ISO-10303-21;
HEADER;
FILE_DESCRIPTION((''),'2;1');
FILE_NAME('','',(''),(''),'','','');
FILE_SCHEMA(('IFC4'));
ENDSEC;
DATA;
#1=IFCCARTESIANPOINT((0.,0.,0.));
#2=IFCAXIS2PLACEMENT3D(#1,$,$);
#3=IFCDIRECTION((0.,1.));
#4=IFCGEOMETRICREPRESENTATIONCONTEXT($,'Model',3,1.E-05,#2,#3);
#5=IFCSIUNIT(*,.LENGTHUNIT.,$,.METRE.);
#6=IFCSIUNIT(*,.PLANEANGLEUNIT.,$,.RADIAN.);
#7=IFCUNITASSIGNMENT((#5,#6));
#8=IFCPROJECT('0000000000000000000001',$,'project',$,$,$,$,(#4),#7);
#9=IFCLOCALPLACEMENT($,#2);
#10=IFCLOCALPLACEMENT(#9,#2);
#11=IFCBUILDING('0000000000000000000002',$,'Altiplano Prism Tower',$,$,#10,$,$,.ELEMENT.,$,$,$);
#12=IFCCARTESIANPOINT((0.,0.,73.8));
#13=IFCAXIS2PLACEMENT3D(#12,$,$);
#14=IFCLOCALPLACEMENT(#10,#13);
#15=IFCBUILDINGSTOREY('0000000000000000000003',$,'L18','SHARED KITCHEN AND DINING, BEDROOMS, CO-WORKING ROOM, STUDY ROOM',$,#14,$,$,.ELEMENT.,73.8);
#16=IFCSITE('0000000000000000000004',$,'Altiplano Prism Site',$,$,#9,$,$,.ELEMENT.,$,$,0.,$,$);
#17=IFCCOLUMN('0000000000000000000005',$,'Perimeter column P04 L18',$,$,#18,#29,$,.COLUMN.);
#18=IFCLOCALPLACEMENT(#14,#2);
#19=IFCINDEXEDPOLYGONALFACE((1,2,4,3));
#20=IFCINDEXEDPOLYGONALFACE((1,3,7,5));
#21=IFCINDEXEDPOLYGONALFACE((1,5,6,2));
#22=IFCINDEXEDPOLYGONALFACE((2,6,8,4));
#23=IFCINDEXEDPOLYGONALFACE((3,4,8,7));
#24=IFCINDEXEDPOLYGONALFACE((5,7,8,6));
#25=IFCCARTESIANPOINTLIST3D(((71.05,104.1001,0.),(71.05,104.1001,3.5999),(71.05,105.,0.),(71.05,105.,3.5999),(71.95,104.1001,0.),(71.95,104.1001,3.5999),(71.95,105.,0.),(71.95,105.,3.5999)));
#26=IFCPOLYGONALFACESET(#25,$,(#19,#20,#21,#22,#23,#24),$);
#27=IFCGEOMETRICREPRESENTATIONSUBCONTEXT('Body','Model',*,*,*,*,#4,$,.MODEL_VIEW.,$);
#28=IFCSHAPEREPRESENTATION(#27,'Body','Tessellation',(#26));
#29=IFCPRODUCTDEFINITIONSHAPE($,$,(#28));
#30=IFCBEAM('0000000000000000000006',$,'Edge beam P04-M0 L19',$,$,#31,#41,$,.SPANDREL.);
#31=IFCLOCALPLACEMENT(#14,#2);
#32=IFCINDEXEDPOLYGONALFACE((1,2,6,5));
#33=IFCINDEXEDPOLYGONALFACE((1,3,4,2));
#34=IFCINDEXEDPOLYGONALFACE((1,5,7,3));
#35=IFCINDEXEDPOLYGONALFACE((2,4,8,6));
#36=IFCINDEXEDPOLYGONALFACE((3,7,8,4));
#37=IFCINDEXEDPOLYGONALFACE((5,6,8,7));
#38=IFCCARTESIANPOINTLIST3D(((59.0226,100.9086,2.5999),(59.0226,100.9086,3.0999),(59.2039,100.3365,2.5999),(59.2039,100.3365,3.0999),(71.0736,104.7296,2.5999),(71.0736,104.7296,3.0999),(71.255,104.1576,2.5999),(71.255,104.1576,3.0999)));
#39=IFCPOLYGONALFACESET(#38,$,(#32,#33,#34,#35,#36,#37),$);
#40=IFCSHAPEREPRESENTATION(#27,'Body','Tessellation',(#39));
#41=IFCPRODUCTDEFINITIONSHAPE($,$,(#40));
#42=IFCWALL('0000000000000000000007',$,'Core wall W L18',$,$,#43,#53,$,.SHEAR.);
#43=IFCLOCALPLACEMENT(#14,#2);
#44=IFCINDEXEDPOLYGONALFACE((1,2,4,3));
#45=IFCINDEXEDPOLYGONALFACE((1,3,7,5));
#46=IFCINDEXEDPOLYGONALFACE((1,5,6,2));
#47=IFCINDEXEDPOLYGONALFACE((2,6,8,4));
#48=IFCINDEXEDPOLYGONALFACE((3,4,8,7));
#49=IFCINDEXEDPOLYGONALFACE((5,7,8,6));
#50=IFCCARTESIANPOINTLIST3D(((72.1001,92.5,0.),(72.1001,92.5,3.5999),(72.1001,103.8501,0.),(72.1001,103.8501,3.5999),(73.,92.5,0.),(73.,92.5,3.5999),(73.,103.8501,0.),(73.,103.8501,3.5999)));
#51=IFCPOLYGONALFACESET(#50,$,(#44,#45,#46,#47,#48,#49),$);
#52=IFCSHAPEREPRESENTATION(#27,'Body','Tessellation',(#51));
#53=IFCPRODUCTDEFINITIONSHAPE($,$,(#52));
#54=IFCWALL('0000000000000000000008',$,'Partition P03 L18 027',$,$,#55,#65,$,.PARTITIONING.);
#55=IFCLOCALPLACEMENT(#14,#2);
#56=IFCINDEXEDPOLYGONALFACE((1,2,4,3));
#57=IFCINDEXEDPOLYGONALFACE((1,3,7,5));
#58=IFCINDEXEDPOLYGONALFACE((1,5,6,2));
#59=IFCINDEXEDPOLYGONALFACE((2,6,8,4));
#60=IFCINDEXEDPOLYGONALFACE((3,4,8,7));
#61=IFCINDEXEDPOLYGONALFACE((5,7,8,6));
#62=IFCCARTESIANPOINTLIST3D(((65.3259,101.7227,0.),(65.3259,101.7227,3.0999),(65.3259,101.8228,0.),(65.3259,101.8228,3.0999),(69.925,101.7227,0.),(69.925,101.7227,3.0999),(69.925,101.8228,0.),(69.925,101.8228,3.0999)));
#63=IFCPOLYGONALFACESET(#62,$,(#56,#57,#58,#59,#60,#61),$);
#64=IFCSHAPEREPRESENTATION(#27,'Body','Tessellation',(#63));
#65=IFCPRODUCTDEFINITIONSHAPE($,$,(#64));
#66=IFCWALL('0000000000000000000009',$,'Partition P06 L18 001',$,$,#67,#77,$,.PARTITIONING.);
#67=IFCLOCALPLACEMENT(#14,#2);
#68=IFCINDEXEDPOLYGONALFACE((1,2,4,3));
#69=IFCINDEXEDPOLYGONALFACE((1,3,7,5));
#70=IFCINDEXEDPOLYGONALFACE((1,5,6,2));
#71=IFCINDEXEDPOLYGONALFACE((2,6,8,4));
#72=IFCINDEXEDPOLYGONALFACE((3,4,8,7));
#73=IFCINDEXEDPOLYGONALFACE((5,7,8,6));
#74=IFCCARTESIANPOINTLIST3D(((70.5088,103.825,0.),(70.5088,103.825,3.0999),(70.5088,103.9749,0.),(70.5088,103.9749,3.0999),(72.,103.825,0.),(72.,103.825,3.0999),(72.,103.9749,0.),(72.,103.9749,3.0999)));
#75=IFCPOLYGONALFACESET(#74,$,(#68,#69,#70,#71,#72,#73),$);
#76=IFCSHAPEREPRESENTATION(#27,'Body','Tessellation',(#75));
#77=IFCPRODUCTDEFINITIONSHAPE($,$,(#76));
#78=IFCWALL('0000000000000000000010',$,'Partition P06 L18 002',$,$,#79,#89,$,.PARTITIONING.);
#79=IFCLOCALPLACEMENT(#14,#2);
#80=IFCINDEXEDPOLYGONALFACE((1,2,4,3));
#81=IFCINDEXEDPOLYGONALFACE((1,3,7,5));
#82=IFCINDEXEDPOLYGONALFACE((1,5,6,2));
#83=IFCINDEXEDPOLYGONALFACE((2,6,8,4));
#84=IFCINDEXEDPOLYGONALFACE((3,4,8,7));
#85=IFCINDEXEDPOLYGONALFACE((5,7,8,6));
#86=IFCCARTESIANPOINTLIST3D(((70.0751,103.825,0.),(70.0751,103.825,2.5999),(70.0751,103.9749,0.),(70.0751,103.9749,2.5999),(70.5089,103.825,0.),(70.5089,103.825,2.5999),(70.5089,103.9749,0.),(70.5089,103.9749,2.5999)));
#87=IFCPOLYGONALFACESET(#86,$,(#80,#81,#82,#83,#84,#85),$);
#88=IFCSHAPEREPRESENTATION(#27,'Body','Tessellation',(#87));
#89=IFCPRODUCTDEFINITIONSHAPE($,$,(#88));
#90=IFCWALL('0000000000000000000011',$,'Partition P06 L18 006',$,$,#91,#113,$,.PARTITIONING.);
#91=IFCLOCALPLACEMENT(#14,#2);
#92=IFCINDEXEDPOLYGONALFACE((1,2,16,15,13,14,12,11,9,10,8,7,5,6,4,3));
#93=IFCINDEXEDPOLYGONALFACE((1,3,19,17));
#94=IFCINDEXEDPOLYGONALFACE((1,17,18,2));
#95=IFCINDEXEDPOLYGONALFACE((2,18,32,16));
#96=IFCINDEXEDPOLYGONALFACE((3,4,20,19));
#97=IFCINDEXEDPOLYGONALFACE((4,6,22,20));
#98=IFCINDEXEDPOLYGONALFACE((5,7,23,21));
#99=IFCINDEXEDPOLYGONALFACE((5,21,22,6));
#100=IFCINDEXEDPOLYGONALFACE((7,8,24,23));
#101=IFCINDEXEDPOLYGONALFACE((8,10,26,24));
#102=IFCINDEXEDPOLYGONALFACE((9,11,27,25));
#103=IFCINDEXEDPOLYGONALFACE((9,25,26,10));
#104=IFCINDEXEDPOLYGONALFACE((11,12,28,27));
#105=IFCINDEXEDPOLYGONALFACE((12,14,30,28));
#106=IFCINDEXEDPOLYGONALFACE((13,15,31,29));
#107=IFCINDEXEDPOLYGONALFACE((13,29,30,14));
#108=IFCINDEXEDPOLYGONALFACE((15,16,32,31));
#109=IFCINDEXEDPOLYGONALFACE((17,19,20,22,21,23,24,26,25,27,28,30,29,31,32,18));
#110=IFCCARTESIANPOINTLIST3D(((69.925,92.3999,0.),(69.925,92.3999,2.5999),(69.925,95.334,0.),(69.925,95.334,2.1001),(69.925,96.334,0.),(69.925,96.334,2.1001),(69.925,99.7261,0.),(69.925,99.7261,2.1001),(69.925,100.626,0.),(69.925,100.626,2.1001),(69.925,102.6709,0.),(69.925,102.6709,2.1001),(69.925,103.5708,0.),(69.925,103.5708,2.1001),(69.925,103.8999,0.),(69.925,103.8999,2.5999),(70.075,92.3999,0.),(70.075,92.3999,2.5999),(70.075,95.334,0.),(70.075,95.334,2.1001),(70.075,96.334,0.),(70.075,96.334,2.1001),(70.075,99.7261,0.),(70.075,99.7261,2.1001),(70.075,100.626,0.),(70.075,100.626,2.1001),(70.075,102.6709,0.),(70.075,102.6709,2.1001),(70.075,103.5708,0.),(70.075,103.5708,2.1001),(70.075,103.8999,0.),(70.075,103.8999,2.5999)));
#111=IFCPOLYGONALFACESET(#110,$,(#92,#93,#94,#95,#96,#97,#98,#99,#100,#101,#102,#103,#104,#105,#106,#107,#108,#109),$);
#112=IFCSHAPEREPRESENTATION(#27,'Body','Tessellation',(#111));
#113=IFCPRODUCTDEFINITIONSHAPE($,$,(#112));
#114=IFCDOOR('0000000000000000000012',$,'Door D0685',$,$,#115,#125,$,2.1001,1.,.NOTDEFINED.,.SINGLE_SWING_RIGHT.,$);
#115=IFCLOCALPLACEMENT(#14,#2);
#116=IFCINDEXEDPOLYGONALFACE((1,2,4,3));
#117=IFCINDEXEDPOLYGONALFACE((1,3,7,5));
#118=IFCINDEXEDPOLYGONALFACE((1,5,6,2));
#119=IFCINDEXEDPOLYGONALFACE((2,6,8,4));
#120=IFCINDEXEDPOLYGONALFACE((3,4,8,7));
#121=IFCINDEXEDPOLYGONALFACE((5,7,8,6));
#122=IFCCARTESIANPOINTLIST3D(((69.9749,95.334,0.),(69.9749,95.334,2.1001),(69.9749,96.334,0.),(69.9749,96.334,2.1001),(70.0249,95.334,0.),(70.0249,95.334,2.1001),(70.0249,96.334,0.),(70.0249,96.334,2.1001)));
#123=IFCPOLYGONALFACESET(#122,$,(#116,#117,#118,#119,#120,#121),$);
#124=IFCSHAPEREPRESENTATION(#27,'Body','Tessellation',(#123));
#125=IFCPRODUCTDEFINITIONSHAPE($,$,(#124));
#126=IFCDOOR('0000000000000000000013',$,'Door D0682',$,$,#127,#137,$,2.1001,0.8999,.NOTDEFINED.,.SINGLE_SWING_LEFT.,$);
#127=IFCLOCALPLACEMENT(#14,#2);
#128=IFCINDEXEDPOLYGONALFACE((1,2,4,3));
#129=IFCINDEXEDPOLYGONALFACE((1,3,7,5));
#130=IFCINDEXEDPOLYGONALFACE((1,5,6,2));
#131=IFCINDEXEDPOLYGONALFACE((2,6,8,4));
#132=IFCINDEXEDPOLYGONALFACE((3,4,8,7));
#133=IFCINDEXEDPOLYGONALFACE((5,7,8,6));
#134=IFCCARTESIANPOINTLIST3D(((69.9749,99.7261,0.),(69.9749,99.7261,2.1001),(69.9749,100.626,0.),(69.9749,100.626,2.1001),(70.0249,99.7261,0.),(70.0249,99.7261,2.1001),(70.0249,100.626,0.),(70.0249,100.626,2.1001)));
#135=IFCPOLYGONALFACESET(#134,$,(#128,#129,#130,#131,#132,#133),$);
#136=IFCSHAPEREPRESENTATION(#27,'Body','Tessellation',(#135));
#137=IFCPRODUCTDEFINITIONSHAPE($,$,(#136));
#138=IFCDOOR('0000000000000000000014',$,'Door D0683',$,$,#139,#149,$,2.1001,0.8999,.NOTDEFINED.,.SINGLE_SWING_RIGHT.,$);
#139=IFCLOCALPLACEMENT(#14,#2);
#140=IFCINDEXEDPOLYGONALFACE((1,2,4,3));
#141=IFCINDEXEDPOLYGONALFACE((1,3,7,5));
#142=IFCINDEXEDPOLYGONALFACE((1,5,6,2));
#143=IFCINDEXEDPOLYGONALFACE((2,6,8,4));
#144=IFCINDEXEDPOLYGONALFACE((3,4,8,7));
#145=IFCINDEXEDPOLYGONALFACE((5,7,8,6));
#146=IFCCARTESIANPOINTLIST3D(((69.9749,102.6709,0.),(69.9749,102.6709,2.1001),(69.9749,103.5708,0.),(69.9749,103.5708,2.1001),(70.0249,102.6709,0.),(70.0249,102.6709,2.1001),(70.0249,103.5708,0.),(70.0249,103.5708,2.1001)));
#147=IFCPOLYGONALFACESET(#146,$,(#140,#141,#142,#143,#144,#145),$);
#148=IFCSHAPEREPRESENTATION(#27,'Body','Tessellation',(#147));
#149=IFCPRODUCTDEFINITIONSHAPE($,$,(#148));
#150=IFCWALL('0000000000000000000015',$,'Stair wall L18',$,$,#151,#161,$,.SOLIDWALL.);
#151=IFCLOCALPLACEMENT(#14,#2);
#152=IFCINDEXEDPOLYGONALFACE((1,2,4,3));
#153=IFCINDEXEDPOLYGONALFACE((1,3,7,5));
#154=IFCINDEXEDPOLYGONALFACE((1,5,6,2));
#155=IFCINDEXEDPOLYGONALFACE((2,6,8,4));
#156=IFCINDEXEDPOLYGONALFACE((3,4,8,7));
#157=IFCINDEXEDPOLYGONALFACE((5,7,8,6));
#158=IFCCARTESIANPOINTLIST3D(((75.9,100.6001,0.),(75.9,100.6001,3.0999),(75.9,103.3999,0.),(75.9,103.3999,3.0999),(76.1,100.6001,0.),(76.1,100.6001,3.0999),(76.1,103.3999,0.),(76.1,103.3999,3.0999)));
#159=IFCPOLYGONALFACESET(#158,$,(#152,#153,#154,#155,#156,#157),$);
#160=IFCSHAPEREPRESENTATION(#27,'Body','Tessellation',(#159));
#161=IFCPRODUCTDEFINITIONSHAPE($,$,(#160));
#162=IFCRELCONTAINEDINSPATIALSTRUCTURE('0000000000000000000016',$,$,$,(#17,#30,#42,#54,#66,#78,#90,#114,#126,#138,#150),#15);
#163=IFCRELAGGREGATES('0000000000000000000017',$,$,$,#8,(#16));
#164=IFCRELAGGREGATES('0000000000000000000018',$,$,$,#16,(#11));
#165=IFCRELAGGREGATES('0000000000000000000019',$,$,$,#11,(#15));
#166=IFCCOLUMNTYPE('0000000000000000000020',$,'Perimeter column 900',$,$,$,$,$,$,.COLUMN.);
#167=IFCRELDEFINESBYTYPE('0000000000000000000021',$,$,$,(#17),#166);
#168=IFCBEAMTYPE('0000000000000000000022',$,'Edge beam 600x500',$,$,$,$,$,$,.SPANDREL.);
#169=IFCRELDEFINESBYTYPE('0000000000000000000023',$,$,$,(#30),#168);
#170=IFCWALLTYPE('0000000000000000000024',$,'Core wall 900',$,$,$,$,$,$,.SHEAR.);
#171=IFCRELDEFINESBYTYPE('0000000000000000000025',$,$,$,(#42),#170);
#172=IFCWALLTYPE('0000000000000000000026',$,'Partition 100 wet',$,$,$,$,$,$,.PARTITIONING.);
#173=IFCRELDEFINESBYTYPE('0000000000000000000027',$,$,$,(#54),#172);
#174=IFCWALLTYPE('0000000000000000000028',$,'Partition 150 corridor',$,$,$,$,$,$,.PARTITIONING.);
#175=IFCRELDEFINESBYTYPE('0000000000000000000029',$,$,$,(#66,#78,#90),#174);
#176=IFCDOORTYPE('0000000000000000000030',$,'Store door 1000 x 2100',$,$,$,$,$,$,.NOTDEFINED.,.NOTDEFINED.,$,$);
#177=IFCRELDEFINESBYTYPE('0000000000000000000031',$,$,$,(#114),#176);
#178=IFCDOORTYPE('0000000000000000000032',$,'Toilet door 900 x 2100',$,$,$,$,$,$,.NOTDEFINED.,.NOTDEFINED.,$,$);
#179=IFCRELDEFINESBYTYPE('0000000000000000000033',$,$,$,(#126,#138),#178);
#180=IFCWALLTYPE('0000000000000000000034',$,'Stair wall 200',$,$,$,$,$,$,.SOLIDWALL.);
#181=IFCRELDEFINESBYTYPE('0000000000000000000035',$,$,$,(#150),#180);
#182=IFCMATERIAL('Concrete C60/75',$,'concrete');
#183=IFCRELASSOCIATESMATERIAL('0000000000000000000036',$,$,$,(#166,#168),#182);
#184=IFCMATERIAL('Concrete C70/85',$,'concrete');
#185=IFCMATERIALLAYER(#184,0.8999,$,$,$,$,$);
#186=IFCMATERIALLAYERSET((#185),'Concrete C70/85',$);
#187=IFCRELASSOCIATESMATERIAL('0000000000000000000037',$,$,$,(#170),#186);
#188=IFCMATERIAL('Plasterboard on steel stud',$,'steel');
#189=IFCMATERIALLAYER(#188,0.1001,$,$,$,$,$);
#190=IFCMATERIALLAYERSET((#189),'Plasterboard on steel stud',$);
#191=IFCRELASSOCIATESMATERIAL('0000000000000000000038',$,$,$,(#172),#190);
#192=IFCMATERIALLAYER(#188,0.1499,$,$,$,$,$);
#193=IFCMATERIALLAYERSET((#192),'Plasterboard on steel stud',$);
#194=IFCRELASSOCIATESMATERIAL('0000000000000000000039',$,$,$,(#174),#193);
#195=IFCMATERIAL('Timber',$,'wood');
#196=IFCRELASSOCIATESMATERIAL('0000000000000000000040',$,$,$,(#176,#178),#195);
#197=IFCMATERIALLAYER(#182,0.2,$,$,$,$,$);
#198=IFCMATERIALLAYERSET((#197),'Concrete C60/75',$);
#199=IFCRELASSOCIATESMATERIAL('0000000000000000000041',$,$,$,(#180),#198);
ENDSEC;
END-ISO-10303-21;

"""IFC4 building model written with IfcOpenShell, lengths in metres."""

from ifc_helpers import new_model, si_unit, direction, frame, frame_2d, origin, origin_2d, place, context, subcontext, project, spatial, rectangle, extrude, material, layer, layer_set, material_profile, profile_set, type_object, element, fill, save


model = new_model("IFC4")

# Units and contexts
model_context = context("Model", 3, precision=1e-05, world=origin(), true_north=direction((0.0, 1.0)))
body_context = subcontext(model_context, "Body", "Model", "MODEL_VIEW")
ifc_project = project(units=[si_unit("LENGTHUNIT", "METRE"), si_unit("PLANEANGLEUNIT", "RADIAN")], contexts=[model_context])

# Site, building, storey
site_placement = place(None, origin())
site = spatial("IfcSite", under=ifc_project, at=site_placement, Name="Altiplano Prism Site", CompositionType="ELEMENT", RefElevation=0.0)
building_placement = place(site_placement, origin())
building = spatial("IfcBuilding", under=site, at=building_placement, Name="Altiplano Prism Tower", CompositionType="ELEMENT")
storey_placement = place(building_placement, frame((0.0, 0.0, 73.8)))
storey = spatial("IfcBuildingStorey", under=building, at=storey_placement, Name="L18", Description="SHARED KITCHEN AND DINING, BEDROOMS, CO-WORKING ROOM, STUDY ROOM", CompositionType="ELEMENT", Elevation=73.8)

# Column
ifc_material_1 = material(Name="Concrete C60/75", Category="concrete")
ifc_material_profile_1 = material_profile(ifc_material_1, rectangle(XDim=0.8999, YDim=0.8999, at=origin_2d()), Name="Perimeter column 900")
ifc_profile_set_1 = profile_set([ifc_material_profile_1], Name="Concrete C60/75")
column_type = type_object("IfcColumnType", Name="Perimeter column 900", PredefinedType="COLUMN", material=ifc_profile_set_1)
column_placement = place(storey_placement, frame((71.5, 104.55, 0.0), z_axis=(0.0, 0.0, 1.0), x_axis=(1.0, 0.0, 0.0)))
element("IfcColumn", 1, at=column_placement, inside=storey, type_object=column_type, Name="Perimeter column P04 L18", PredefinedType="COLUMN", context=body_context, shape_type="SweptSolid", body=[
    extrude(rectangle(XDim=0.8999, YDim=0.8999, at=origin_2d()), origin(), (0.0, 0.0, 1.0), 3.5999),
])

# Beam
ifc_material_profile_2 = material_profile(ifc_material_1, rectangle(XDim=0.6001, YDim=0.5, at=origin_2d()), Name="Edge beam 600x500")
ifc_profile_set_2 = profile_set([ifc_material_profile_2], Name="Concrete C60/75")
beam_type = type_object("IfcBeamType", Name="Edge beam 600x500", PredefinedType="SPANDREL", material=ifc_profile_set_2)
beam_placement = place(storey_placement, frame((71.1643, 104.4436, 2.8499), z_axis=(-0.953231, -0.302243, 0.0), x_axis=(0.302243, -0.953231, 0.0)))
element("IfcBeam", 2, at=beam_placement, inside=storey, type_object=beam_type, Name="Edge beam P04-M0 L19", PredefinedType="SPANDREL", context=body_context, shape_type="SweptSolid", body=[
    extrude(rectangle(XDim=0.6001, YDim=0.5, at=origin_2d()), origin(), (0.0, 0.0, 1.0), 12.6423),
])

# Walls
ifc_material_2 = material(Name="Concrete C70/85", Category="concrete")
ifc_layer_1 = layer(ifc_material_2, 0.8999)
ifc_layer_set_1 = layer_set([ifc_layer_1], Name="Concrete C70/85")
wall_type_1 = type_object("IfcWallType", Name="Core wall 900", PredefinedType="SHEAR", material=ifc_layer_set_1)
wall_1_placement = place(storey_placement, frame((72.55, 103.8501, 0.0), z_axis=(0.0, 0.0, 1.0), x_axis=(0.0, -1.0, 0.0)))
element("IfcWall", 3, at=wall_1_placement, inside=storey, type_object=wall_type_1, Name="Core wall W L18", PredefinedType="SHEAR", context=body_context, shape_type="SweptSolid", body=[
    extrude(rectangle(XDim=11.3501, YDim=0.8999, at=frame_2d((5.675, 0.0))), origin(), (0.0, 0.0, 1.0), 3.5999),
])
ifc_material_3 = material(Name="Plasterboard on steel stud", Category="steel")
ifc_layer_2 = layer(ifc_material_3, 0.1001)
ifc_layer_set_2 = layer_set([ifc_layer_2], Name="Plasterboard on steel stud")
wall_type_2 = type_object("IfcWallType", Name="Partition 100 wet", PredefinedType="PARTITIONING", material=ifc_layer_set_2)
wall_2_placement = place(storey_placement, frame((69.925, 101.7727, 0.0), z_axis=(0.0, 0.0, 1.0), x_axis=(-1.0, 0.0, 0.0)))
element("IfcWall", 4, at=wall_2_placement, inside=storey, type_object=wall_type_2, Name="Partition P03 L18 027", PredefinedType="PARTITIONING", context=body_context, shape_type="SweptSolid", body=[
    extrude(rectangle(XDim=4.5991, YDim=0.1001, at=frame_2d((2.2996, 0.0))), origin(), (0.0, 0.0, 1.0), 3.0999),
])
ifc_layer_3 = layer(ifc_material_3, 0.1499)
ifc_layer_set_3 = layer_set([ifc_layer_3], Name="Plasterboard on steel stud")
wall_type_3 = type_object("IfcWallType", Name="Partition 150 corridor", PredefinedType="PARTITIONING", material=ifc_layer_set_3)
wall_3_placement = place(storey_placement, frame((72.0, 103.8999, 0.0), z_axis=(0.0, 0.0, 1.0), x_axis=(-1.0, 0.0, 0.0)))
element("IfcWall", 5, at=wall_3_placement, inside=storey, type_object=wall_type_3, Name="Partition P06 L18 001", PredefinedType="PARTITIONING", context=body_context, shape_type="SweptSolid", body=[
    extrude(rectangle(XDim=1.4912, YDim=0.1499, at=frame_2d((0.7456, 0.0))), origin(), (0.0, 0.0, 1.0), 3.0999),
])
wall_4_placement = place(storey_placement, frame((70.5088, 103.8999, 0.0), z_axis=(0.0, 0.0, 1.0), x_axis=(-1.0, 0.0, 0.0)))
element("IfcWall", 6, at=wall_4_placement, inside=storey, type_object=wall_type_3, Name="Partition P06 L18 002", PredefinedType="PARTITIONING", context=body_context, shape_type="SweptSolid", body=[
    extrude(rectangle(XDim=0.4338, YDim=0.1499, at=frame_2d((0.2168, 0.0))), origin(), (0.0, 0.0, 1.0), 2.5999),
])

# Wall, openings, doors
wall_5_placement = place(storey_placement, frame((70.0, 103.8999, 0.0), z_axis=(0.0, 0.0, 1.0), x_axis=(0.0, -1.0, 0.0)))
wall_5 = element("IfcWall", 7, at=wall_5_placement, inside=storey, type_object=wall_type_3, Name="Partition P06 L18 006", PredefinedType="PARTITIONING", context=body_context, shape_type="SweptSolid", body=[
    extrude(rectangle(XDim=11.5, YDim=0.1499, at=frame_2d((5.75, 0.0))), origin(), (0.0, 0.0, 1.0), 2.5999),
])
opening_1_placement = place(wall_5_placement, frame((3.2739, 0.0, 0.0)))
opening_1 = element("IfcOpeningElement", 8, at=opening_1_placement, cuts=wall_5, PredefinedType="OPENING", context=body_context, shape_type="SweptSolid", body=[
    extrude(rectangle(XDim=0.8999, YDim=2.1001, at=frame_2d((0.45, 1.05))), frame((0.0, 0.0854, 0.0), z_axis=(0.0, -1.0, 0.0), x_axis=(1.0, 0.0, 0.0)), (0.0, 0.0, 1.0), 0.1709),
])
opening_2_placement = place(wall_5_placement, frame((0.3291, 0.0, 0.0)))
opening_2 = element("IfcOpeningElement", 9, at=opening_2_placement, cuts=wall_5, PredefinedType="OPENING", context=body_context, shape_type="SweptSolid", body=[
    extrude(rectangle(XDim=0.8999, YDim=2.1001, at=frame_2d((0.45, 1.05))), frame((0.0, 0.0854, 0.0), z_axis=(0.0, -1.0, 0.0), x_axis=(1.0, 0.0, 0.0)), (0.0, 0.0, 1.0), 0.1709),
])
opening_3_placement = place(wall_5_placement, frame((7.5659, 0.0, 0.0)))
opening_3 = element("IfcOpeningElement", 10, at=opening_3_placement, cuts=wall_5, PredefinedType="OPENING", context=body_context, shape_type="SweptSolid", body=[
    extrude(rectangle(XDim=1.0, YDim=2.1001, at=frame_2d((0.5, 1.05))), frame((0.0, 0.0854, 0.0), z_axis=(0.0, -1.0, 0.0), x_axis=(1.0, 0.0, 0.0)), (0.0, 0.0, 1.0), 0.1709),
])
ifc_material_4 = material(Name="Timber", Category="wood")
door_type_1 = type_object("IfcDoorType", Name="Store door 1000 x 2100", OperationType="NOTDEFINED", PredefinedType="NOTDEFINED", material=ifc_material_4)
door_1_placement = place(opening_3_placement, origin())
door_1 = element("IfcDoor", 11, at=door_1_placement, inside=storey, type_object=door_type_1, Name="Door D0685", OperationType="SINGLE_SWING_RIGHT", OverallHeight=2.1001, OverallWidth=1.0, PredefinedType="NOTDEFINED", context=body_context, shape_type="SweptSolid", body=[
    extrude(rectangle(XDim=1.0, YDim=2.1001, at=frame_2d((0.5, 1.05))), frame((0.0, 0.0249, 0.0), z_axis=(0.0, -1.0, 0.0), x_axis=(1.0, 0.0, 0.0)), (0.0, 0.0, 1.0), 0.05),
])
fill(opening_3, door_1)
door_type_2 = type_object("IfcDoorType", Name="Toilet door 900 x 2100", OperationType="NOTDEFINED", PredefinedType="NOTDEFINED", material=ifc_material_4)
door_2_placement = place(opening_1_placement, origin())
door_2 = element("IfcDoor", 12, at=door_2_placement, inside=storey, type_object=door_type_2, Name="Door D0682", OperationType="SINGLE_SWING_LEFT", OverallHeight=2.1001, OverallWidth=0.8999, PredefinedType="NOTDEFINED", context=body_context, shape_type="SweptSolid", body=[
    extrude(rectangle(XDim=0.8999, YDim=2.1001, at=frame_2d((0.45, 1.05))), frame((0.0, 0.0249, 0.0), z_axis=(0.0, -1.0, 0.0), x_axis=(1.0, 0.0, 0.0)), (0.0, 0.0, 1.0), 0.05),
])
fill(opening_1, door_2)
door_3_placement = place(opening_2_placement, origin())
door_3 = element("IfcDoor", 13, at=door_3_placement, inside=storey, type_object=door_type_2, Name="Door D0683", OperationType="SINGLE_SWING_RIGHT", OverallHeight=2.1001, OverallWidth=0.8999, PredefinedType="NOTDEFINED", context=body_context, shape_type="SweptSolid", body=[
    extrude(rectangle(XDim=0.8999, YDim=2.1001, at=frame_2d((0.45, 1.05))), frame((0.0, 0.0249, 0.0), z_axis=(0.0, -1.0, 0.0), x_axis=(1.0, 0.0, 0.0)), (0.0, 0.0, 1.0), 0.05),
])
fill(opening_2, door_3)

# Wall
ifc_layer_4 = layer(ifc_material_1, 0.2)
ifc_layer_set_4 = layer_set([ifc_layer_4], Name="Concrete C60/75")
wall_type_4 = type_object("IfcWallType", Name="Stair wall 200", PredefinedType="SOLIDWALL", material=ifc_layer_set_4)
wall_6_placement = place(storey_placement, frame((76.0, 100.6001, 0.0), z_axis=(0.0, 0.0, 1.0), x_axis=(0.0, 1.0, 0.0)))
element("IfcWall", 14, at=wall_6_placement, inside=storey, type_object=wall_type_4, Name="Stair wall L18", PredefinedType="SOLIDWALL", context=body_context, shape_type="SweptSolid", body=[
    extrude(rectangle(XDim=2.7998, YDim=0.2, at=frame_2d((1.3999, 0.0))), origin(), (0.0, 0.0, 1.0), 3.0999),
])

save(model, "model.ifc")
